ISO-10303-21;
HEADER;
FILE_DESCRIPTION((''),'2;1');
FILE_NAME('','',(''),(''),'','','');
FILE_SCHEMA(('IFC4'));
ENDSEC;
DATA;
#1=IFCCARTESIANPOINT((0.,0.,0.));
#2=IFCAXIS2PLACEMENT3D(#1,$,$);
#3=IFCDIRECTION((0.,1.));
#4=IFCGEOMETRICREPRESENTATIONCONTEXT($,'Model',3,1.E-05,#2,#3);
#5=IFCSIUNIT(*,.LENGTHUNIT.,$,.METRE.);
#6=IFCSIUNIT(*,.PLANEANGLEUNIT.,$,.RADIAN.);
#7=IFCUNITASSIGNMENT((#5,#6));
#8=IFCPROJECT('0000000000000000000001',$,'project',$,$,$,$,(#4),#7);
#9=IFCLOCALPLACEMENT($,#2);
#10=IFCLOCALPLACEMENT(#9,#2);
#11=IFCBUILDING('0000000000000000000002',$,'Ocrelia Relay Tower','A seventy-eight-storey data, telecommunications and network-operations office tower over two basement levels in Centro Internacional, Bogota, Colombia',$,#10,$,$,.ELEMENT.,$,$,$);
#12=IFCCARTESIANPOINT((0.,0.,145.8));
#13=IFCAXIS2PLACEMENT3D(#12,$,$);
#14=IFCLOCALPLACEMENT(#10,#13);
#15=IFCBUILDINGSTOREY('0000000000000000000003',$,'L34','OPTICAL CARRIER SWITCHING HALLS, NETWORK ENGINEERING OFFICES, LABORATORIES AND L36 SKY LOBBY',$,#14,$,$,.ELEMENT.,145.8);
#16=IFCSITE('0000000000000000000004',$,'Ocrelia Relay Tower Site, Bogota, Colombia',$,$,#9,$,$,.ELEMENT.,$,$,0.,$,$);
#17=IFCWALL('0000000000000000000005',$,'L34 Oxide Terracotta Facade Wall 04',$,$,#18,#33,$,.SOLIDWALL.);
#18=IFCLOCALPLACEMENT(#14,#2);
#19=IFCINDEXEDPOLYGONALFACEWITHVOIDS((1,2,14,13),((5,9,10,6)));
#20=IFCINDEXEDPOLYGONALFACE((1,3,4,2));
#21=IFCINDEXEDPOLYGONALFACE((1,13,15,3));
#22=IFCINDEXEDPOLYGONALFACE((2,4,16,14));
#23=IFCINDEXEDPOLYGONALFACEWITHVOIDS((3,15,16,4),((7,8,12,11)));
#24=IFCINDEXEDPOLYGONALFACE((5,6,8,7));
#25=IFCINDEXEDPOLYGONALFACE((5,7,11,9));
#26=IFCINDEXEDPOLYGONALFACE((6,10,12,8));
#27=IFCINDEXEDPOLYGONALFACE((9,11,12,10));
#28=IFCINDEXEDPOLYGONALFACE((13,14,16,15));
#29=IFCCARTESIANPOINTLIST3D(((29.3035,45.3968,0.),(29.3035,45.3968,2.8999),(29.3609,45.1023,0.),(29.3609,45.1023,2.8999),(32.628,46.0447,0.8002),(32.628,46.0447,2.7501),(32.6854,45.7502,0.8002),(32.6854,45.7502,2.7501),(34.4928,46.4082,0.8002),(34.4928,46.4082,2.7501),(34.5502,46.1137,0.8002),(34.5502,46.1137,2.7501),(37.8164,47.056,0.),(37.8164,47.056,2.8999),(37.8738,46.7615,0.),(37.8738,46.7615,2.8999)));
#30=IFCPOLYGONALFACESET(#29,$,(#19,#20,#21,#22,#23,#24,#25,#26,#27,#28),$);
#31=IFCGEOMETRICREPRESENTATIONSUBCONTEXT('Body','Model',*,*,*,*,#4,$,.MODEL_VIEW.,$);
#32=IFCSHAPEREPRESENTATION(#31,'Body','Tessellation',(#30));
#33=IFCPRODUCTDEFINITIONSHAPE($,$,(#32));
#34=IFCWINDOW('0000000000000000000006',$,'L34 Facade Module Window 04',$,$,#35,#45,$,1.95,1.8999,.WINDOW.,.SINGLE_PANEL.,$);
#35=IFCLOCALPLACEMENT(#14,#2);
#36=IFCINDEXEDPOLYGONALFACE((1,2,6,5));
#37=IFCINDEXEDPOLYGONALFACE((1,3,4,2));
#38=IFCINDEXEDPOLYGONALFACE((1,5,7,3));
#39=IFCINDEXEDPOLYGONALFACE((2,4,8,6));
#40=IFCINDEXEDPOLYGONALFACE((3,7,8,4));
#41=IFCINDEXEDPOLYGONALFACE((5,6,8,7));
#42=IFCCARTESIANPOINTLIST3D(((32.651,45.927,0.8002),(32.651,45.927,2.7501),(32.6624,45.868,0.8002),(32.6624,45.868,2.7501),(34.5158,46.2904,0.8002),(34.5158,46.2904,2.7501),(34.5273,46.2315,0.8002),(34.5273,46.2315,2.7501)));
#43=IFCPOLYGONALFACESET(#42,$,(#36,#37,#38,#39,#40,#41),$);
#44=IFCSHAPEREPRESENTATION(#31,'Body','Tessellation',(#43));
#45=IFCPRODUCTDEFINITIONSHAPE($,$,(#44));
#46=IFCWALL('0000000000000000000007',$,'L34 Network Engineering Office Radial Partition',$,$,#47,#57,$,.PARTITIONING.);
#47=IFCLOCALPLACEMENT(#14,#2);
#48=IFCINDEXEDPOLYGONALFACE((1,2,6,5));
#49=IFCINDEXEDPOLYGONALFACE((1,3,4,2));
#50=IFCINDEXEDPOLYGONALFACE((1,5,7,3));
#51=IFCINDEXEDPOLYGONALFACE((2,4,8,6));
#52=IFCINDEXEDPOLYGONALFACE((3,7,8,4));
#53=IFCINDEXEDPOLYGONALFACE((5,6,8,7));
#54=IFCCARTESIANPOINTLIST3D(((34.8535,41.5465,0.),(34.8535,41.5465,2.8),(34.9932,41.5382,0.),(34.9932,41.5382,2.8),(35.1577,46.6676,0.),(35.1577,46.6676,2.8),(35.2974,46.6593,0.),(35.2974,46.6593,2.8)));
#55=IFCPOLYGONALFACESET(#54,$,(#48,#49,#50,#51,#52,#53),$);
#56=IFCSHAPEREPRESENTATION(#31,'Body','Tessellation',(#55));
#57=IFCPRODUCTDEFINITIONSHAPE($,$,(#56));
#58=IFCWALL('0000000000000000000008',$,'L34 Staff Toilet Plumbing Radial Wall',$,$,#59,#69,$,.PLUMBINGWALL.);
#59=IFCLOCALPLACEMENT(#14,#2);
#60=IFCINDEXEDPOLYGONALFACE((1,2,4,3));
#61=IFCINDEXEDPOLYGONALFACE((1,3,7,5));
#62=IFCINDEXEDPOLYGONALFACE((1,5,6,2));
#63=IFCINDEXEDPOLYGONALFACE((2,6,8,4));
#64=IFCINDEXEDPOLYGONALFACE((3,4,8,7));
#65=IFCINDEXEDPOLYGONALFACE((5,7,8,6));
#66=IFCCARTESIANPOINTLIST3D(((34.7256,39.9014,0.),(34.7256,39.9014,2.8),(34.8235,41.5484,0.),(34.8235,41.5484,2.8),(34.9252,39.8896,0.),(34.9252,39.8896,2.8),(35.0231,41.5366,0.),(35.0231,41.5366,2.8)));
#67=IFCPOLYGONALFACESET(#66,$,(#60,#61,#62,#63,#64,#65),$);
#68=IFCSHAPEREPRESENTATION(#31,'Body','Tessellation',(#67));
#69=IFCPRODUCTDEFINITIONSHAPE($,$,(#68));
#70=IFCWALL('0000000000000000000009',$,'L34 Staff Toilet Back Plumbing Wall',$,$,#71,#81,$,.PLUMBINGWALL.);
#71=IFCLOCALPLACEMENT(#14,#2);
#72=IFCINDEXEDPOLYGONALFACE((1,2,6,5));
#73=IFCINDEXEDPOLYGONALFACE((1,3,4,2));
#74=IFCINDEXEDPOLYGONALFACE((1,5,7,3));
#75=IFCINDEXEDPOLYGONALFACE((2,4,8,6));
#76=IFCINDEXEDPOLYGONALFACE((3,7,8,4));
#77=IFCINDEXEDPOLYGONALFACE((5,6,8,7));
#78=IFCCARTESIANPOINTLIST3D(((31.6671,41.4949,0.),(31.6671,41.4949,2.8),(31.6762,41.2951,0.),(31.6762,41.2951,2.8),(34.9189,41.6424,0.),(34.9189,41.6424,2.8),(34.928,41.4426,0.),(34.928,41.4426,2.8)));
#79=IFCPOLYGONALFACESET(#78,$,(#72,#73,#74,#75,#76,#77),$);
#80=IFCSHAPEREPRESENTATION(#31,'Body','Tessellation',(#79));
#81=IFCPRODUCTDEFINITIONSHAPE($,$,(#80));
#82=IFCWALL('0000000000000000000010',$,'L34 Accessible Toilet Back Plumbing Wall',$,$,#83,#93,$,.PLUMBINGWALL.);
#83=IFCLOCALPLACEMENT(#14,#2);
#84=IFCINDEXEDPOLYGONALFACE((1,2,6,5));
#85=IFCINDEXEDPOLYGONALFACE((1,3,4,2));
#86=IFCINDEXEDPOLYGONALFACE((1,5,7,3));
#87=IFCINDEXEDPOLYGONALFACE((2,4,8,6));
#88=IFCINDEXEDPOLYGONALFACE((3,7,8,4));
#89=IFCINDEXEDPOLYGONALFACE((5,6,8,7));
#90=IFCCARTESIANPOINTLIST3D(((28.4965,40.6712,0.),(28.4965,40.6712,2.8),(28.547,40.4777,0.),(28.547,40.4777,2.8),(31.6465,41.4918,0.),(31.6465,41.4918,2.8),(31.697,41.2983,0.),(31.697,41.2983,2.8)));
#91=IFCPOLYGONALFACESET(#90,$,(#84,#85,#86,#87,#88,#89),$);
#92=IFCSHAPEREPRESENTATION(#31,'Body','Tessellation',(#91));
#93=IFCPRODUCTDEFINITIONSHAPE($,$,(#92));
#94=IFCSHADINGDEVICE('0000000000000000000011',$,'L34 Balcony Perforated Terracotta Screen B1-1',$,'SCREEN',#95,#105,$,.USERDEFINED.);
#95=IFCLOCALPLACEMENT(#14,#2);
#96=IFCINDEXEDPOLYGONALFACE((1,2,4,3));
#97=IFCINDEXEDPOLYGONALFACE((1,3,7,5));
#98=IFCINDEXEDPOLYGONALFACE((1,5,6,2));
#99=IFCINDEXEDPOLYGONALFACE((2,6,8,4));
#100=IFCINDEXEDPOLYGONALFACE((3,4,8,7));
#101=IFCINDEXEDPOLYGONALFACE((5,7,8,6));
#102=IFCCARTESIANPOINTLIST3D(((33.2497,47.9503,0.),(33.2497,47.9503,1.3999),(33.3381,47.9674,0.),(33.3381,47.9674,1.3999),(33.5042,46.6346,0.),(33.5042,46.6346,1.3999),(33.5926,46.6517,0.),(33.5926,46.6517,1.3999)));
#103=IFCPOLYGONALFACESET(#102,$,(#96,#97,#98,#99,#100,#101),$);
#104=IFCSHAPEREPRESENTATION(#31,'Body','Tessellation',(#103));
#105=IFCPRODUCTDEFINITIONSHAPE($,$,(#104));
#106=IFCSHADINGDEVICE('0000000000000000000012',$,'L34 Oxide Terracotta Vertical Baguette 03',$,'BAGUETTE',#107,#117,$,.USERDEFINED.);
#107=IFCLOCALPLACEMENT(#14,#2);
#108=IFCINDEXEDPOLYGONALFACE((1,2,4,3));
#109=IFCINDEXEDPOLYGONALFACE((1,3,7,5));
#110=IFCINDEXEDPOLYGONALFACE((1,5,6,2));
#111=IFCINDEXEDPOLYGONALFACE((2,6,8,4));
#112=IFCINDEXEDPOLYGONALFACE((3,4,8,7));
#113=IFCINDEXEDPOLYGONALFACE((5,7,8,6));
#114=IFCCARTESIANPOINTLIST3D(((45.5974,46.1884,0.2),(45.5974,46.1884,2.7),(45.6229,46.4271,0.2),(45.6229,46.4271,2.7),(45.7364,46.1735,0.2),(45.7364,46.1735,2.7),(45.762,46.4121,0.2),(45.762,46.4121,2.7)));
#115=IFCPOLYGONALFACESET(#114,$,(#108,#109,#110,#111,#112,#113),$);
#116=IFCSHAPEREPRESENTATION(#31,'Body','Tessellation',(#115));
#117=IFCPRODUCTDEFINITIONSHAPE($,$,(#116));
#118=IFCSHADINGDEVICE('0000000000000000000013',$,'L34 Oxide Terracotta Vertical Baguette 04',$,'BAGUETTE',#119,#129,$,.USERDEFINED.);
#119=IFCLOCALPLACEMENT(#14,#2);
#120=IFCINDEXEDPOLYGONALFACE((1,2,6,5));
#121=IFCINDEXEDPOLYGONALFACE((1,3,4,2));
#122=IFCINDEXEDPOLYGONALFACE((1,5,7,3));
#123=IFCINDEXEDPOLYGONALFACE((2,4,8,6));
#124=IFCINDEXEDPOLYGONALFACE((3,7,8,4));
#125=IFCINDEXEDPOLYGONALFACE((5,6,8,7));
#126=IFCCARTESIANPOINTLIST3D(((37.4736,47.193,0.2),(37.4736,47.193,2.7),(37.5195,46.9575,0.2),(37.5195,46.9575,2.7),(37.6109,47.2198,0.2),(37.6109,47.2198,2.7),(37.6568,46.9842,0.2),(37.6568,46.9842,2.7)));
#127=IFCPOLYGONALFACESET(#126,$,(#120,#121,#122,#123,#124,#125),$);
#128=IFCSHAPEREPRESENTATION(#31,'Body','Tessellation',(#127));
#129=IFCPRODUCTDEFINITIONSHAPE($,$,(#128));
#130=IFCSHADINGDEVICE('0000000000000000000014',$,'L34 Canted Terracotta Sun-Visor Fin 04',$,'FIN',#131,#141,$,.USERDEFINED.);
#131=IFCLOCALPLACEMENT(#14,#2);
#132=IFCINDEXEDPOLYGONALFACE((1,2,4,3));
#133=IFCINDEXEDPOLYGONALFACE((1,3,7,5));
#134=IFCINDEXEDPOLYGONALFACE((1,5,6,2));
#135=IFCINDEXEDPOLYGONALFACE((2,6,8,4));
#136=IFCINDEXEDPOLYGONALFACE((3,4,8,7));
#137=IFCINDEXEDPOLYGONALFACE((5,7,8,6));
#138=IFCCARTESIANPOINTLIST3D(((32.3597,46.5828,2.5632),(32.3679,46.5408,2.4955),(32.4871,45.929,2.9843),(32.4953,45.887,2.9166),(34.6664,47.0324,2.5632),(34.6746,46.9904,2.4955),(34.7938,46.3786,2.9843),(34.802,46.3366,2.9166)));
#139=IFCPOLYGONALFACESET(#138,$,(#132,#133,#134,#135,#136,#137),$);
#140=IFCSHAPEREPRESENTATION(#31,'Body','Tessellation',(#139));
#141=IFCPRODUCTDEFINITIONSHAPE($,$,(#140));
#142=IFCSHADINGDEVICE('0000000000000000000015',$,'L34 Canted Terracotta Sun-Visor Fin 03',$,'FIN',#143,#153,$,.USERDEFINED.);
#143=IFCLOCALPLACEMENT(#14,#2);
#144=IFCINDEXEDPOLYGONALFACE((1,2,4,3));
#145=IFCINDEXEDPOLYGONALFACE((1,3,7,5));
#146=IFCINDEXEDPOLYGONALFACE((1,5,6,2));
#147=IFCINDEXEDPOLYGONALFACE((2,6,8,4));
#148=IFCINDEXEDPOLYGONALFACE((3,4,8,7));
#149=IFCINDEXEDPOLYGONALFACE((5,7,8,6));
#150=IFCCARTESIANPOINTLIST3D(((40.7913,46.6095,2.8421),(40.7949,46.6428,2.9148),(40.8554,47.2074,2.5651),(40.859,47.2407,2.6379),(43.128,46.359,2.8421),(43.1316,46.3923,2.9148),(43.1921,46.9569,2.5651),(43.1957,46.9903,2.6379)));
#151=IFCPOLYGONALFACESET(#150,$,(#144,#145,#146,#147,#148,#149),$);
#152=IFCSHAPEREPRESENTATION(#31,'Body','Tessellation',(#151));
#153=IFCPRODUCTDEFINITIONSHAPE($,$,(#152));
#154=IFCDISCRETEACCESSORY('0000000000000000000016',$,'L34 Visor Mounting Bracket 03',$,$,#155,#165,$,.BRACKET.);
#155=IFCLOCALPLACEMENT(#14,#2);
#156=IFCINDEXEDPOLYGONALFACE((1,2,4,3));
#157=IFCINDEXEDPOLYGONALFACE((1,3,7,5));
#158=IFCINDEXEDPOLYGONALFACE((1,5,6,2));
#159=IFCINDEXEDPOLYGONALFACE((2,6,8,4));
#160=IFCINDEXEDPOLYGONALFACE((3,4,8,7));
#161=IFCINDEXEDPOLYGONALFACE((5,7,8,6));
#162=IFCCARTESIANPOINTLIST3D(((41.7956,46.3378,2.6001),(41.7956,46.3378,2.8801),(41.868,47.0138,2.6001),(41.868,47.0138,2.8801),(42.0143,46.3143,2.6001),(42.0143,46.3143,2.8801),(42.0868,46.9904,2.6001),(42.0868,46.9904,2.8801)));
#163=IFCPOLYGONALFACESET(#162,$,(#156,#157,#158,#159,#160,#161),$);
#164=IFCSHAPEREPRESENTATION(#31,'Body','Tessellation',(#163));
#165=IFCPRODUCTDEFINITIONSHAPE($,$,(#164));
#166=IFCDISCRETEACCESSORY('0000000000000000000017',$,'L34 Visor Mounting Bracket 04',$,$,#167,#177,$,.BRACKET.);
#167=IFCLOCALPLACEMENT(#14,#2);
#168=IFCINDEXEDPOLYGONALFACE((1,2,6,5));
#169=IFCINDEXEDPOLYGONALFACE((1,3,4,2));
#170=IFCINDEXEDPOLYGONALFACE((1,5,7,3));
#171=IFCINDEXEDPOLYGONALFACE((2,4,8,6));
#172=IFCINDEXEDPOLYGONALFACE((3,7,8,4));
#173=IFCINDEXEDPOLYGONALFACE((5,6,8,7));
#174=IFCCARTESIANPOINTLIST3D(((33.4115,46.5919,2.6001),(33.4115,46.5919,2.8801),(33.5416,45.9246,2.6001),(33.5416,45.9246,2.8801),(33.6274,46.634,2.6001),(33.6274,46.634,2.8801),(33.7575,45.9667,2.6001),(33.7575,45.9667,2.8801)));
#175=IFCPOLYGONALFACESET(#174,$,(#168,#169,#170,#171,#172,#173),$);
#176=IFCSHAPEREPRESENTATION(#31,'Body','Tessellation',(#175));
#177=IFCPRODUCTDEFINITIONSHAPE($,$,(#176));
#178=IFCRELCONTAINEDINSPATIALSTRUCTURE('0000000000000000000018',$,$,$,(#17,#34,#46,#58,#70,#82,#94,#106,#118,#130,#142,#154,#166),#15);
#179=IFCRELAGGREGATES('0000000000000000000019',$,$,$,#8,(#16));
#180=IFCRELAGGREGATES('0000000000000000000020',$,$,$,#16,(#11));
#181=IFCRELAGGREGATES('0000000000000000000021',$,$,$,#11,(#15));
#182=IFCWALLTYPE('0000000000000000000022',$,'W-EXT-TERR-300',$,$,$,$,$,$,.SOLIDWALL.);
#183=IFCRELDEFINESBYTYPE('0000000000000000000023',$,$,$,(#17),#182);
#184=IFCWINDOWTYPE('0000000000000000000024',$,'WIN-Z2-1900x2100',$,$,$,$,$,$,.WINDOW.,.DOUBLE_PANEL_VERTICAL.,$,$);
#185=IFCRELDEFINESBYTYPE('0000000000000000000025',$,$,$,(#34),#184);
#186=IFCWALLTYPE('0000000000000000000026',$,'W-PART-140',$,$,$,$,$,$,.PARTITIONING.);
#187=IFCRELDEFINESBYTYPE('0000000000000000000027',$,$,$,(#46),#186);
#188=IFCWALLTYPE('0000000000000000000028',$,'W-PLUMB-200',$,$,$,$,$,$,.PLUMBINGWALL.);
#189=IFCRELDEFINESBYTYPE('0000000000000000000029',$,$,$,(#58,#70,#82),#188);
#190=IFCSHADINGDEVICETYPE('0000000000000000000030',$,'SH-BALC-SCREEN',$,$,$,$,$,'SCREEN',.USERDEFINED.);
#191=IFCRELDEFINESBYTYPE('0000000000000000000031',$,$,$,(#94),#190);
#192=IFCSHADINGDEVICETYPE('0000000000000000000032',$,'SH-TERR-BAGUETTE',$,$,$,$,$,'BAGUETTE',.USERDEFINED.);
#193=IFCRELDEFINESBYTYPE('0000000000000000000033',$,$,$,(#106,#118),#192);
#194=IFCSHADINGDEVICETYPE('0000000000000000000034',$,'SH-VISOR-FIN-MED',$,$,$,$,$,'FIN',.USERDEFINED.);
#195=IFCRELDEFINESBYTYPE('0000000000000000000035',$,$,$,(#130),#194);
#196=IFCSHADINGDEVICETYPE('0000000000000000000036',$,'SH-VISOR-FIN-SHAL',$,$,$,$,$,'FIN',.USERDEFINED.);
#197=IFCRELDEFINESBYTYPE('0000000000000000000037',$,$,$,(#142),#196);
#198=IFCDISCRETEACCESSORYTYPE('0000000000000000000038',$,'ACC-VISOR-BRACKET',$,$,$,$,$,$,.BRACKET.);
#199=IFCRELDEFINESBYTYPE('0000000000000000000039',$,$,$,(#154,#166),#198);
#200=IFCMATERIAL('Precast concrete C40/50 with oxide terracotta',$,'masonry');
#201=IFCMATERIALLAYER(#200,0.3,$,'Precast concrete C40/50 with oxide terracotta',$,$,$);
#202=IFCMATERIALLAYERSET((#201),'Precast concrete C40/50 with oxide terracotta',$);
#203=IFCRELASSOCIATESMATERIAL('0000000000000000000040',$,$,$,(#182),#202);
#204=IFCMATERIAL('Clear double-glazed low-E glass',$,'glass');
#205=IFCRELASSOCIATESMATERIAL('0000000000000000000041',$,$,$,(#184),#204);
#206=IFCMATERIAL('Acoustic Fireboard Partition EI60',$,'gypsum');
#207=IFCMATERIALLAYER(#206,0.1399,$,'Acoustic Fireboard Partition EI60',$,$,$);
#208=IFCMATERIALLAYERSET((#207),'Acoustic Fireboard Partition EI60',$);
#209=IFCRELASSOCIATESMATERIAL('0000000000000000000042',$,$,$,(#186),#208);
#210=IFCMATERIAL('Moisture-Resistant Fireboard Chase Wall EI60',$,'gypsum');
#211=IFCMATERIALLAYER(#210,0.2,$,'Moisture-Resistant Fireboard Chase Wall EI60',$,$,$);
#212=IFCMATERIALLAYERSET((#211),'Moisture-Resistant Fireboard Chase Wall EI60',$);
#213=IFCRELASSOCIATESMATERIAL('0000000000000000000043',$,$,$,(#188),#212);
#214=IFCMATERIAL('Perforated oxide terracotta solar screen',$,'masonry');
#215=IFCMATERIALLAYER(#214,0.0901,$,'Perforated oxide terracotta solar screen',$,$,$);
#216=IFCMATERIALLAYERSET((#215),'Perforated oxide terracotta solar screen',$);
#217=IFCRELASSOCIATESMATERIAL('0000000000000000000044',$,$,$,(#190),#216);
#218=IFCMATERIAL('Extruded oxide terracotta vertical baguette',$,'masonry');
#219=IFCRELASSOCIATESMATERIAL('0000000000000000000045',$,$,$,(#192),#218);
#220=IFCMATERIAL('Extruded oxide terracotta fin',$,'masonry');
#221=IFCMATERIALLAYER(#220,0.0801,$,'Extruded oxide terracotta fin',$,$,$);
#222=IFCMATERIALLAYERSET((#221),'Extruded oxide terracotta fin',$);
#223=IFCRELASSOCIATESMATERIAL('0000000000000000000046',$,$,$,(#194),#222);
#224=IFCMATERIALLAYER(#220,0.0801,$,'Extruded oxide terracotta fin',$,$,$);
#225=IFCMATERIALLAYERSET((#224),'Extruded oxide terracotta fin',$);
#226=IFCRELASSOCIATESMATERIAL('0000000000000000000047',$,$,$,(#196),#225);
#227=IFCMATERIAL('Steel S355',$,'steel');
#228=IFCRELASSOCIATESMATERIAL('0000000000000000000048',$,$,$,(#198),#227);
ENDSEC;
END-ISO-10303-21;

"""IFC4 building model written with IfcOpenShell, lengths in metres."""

from ifc_helpers import new_model, si_unit, direction, frame, frame_2d, origin, origin_2d, place, context, subcontext, project, spatial, rectangle, extrude, material, layer, layer_set, type_object, element, fill, save


model = new_model("IFC4")

# Units and contexts
model_context = context("Model", 3, precision=1e-05, world=origin(), true_north=direction((0.0, 1.0)))
body_context = subcontext(model_context, "Body", "Model", "MODEL_VIEW")
ifc_project = project(units=[si_unit("LENGTHUNIT", "METRE"), si_unit("PLANEANGLEUNIT", "RADIAN")], contexts=[model_context])

# Site, building, storey
site_placement = place(None, origin())
site = spatial("IfcSite", under=ifc_project, at=site_placement, Name="Ocrelia Relay Tower Site, Bogota, Colombia", CompositionType="ELEMENT", RefElevation=0.0)
building_placement = place(site_placement, origin())
building = spatial("IfcBuilding", under=site, at=building_placement, Name="Ocrelia Relay Tower", Description="A seventy-eight-storey data, telecommunications and network-operations office tower over two basement levels in Centro Internacional, Bogota, Colombia", CompositionType="ELEMENT")
storey_placement = place(building_placement, frame((0.0, 0.0, 145.8)))
storey = spatial("IfcBuildingStorey", under=building, at=storey_placement, Name="L34", Description="OPTICAL CARRIER SWITCHING HALLS, NETWORK ENGINEERING OFFICES, LABORATORIES AND L36 SKY LOBBY", CompositionType="ELEMENT", Elevation=145.8)

# Shared definitions
ifc_material_1 = material(Name="Steel S355", Category="steel")

# Wall, opening, window
ifc_material_2 = material(Name="Precast concrete C40/50 with oxide terracotta", Category="masonry")
ifc_layer_1 = layer(ifc_material_2, 0.3, Name="Precast concrete C40/50 with oxide terracotta")
ifc_layer_set_1 = layer_set([ifc_layer_1], Name="Precast concrete C40/50 with oxide terracotta")
wall_type_1 = type_object("IfcWallType", Name="W-EXT-TERR-300", PredefinedType="SOLIDWALL", material=ifc_layer_set_1)
ifc_material_3 = material(Name="Clear double-glazed low-E glass", Category="glass")
window_type = type_object("IfcWindowType", Name="WIN-Z2-1900x2100", PartitioningType="DOUBLE_PANEL_VERTICAL", PredefinedType="WINDOW", material=ifc_material_3)
wall_1_placement = place(storey_placement, frame((37.845, 46.9087, 0.0), z_axis=(0.0, 0.0, 1.0), x_axis=(-0.981531, -0.191301, 0.0)))
wall_1 = element("IfcWall", 1, at=wall_1_placement, inside=storey, type_object=wall_type_1, Name="L34 Oxide Terracotta Facade Wall 04", PredefinedType="SOLIDWALL", context=body_context, shape_type="SweptSolid", body=[
    extrude(rectangle(XDim=8.6731, YDim=0.3, at=frame_2d((4.3364, 0.0))), origin(), (0.0, 0.0, 1.0), 2.8999),
])
opening_1_placement = place(wall_1_placement, frame((3.386, 0.0, 0.8)))
opening_1 = element("IfcOpeningElement", 2, at=opening_1_placement, cuts=wall_1, PredefinedType="OPENING", context=body_context, shape_type="SweptSolid", body=[
    extrude(rectangle(XDim=1.8999, YDim=1.95, at=frame_2d((0.95, 0.9751))), frame((0.0, 0.1602, 0.0), z_axis=(0.0, -1.0, 0.0), x_axis=(1.0, 0.0, 0.0)), (0.0, 0.0, 1.0), 0.3201),
])
window_1_placement = place(opening_1_placement, origin())
window_1 = element("IfcWindow", 3, at=window_1_placement, inside=storey, type_object=window_type, Name="L34 Facade Module Window 04", OverallHeight=1.95, OverallWidth=1.8999, PartitioningType="SINGLE_PANEL", PredefinedType="WINDOW", context=body_context, shape_type="SweptSolid", body=[
    extrude(rectangle(XDim=1.8999, YDim=1.95, at=frame_2d((0.95, 0.9751))), frame((0.0, 0.03, 0.0), z_axis=(0.0, -1.0, 0.0), x_axis=(1.0, 0.0, 0.0)), (0.0, 0.0, 1.0), 0.0601),
])
fill(opening_1, window_1)

# Walls
ifc_material_4 = material(Name="Acoustic Fireboard Partition EI60", Category="gypsum")
ifc_layer_2 = layer(ifc_material_4, 0.1399, Name="Acoustic Fireboard Partition EI60")
ifc_layer_set_2 = layer_set([ifc_layer_2], Name="Acoustic Fireboard Partition EI60")
wall_type_2 = type_object("IfcWallType", Name="W-PART-140", PredefinedType="PARTITIONING", material=ifc_layer_set_2)
wall_2_placement = place(storey_placement, frame((34.9233, 41.5425, 0.0), z_axis=(0.0, 0.0, 1.0), x_axis=(0.059297, 0.99824, 0.0)))
element("IfcWall", 4, at=wall_2_placement, inside=storey, type_object=wall_type_2, Name="L34 Network Engineering Office Radial Partition", PredefinedType="PARTITIONING", context=body_context, shape_type="SweptSolid", body=[
    extrude(rectangle(XDim=5.1301, YDim=0.1399, at=frame_2d((2.5649, 0.0))), origin(), (0.0, 0.0, 1.0), 2.8),
])
ifc_material_5 = material(Name="Moisture-Resistant Fireboard Chase Wall EI60", Category="gypsum")
ifc_layer_3 = layer(ifc_material_5, 0.2, Name="Moisture-Resistant Fireboard Chase Wall EI60")
ifc_layer_set_3 = layer_set([ifc_layer_3], Name="Moisture-Resistant Fireboard Chase Wall EI60")
wall_type_3 = type_object("IfcWallType", Name="W-PLUMB-200", PredefinedType="PLUMBINGWALL", material=ifc_layer_set_3)
wall_3_placement = place(storey_placement, frame((34.8254, 39.8955, 0.0), z_axis=(0.0, 0.0, 1.0), x_axis=(0.059338, 0.998238, 0.0)))
element("IfcWall", 5, at=wall_3_placement, inside=storey, type_object=wall_type_3, Name="L34 Staff Toilet Plumbing Radial Wall", PredefinedType="PLUMBINGWALL", context=body_context, shape_type="SweptSolid", body=[
    extrude(rectangle(XDim=1.6499, YDim=0.2, at=frame_2d((0.825, 0.0))), origin(), (0.0, 0.0, 1.0), 2.8),
])
for number, where, z_axis, x_axis, name in (
    (6, (34.9233, 41.5425, 0.0), (0.0, 0.0, 1.0), (-0.998973, -0.045302, 0.0), "L34 Staff Toilet Back Plumbing Wall"),
    (7, (31.6716, 41.395, 0.0), (0.0, 0.0, 1.0), (-0.967704, -0.252089, 0.0), "L34 Accessible Toilet Back Plumbing Wall"),
):
    element("IfcWall", number, at=place(storey_placement, frame(where, z_axis=z_axis, x_axis=x_axis)), inside=storey, type_object=wall_type_3, Name=name, PredefinedType="PLUMBINGWALL", context=body_context, shape_type="SweptSolid", body=[
        extrude(rectangle(XDim=3.2551, YDim=0.2, at=frame_2d((1.6274, 0.0))), origin(), (0.0, 0.0, 1.0), 2.8),
    ])

# Shading devices
ifc_material_6 = material(Name="Perforated oxide terracotta solar screen", Category="masonry")
ifc_layer_4 = layer(ifc_material_6, 0.0901, Name="Perforated oxide terracotta solar screen")
ifc_layer_set_4 = layer_set([ifc_layer_4], Name="Perforated oxide terracotta solar screen")
shading_device_type_1 = type_object("IfcShadingDeviceType", Name="SH-BALC-SCREEN", ElementType="SCREEN", PredefinedType="USERDEFINED", material=ifc_layer_set_4)
shading_device_1_placement = place(storey_placement, frame((33.4211, 47.301, 0.0), z_axis=(0.0, 0.0, 1.0), x_axis=(-0.189888, 0.981806, 0.0)))
element("IfcShadingDevice", 8, at=shading_device_1_placement, inside=storey, type_object=shading_device_type_1, Name="L34 Balcony Perforated Terracotta Screen B1-1", ObjectType="SCREEN", PredefinedType="USERDEFINED", context=body_context, shape_type="SweptSolid", body=[
    extrude(rectangle(XDim=1.3401, YDim=0.0901, at=origin_2d()), origin(), (0.0, 0.0, 1.0), 1.3999),
])
ifc_material_7 = material(Name="Extruded oxide terracotta vertical baguette", Category="masonry")
shading_device_type_2 = type_object("IfcShadingDeviceType", Name="SH-TERR-BAGUETTE", ElementType="BAGUETTE", PredefinedType="USERDEFINED", material=ifc_material_7)
for number, where, z_axis, x_axis, name in (
    (9, (45.6797, 46.3003, 0.2), (0.0, 0.0, 1.0), (-0.994304, 0.106583, 0.0), "L34 Oxide Terracotta Vertical Baguette 03"),
    (10, (37.5652, 47.0886, 0.2), (0.0, 0.0, 1.0), (-0.98153, -0.191307, 0.0), "L34 Oxide Terracotta Vertical Baguette 04"),
):
    element("IfcShadingDevice", number, at=place(storey_placement, frame(where, z_axis=z_axis, x_axis=x_axis)), inside=storey, type_object=shading_device_type_2, Name=name, ObjectType="BAGUETTE", PredefinedType="USERDEFINED", context=body_context, shape_type="SweptSolid", body=[
        extrude(rectangle(XDim=0.1399, YDim=0.24, at=origin_2d()), origin(), (0.0, 0.0, 1.0), 2.5),
    ])
ifc_material_8 = material(Name="Extruded oxide terracotta fin", Category="masonry")
ifc_layer_5 = layer(ifc_material_8, 0.0801, Name="Extruded oxide terracotta fin")
ifc_layer_set_5 = layer_set([ifc_layer_5], Name="Extruded oxide terracotta fin")
shading_device_type_3 = type_object("IfcShadingDeviceType", Name="SH-VISOR-FIN-MED", ElementType="FIN", PredefinedType="USERDEFINED", material=ifc_layer_set_5)
shading_device_2_placement = place(storey_placement, frame((33.585, 46.4387, 2.7061), z_axis=(-0.102225, 0.524483, 0.845262), x_axis=(-0.98153, -0.191307, 0.0)))
element("IfcShadingDevice", 11, at=shading_device_2_placement, inside=storey, type_object=shading_device_type_3, Name="L34 Canted Terracotta Sun-Visor Fin 04", ObjectType="FIN", PredefinedType="USERDEFINED", context=body_context, shape_type="SweptSolid", body=[
    extrude(rectangle(XDim=2.3501, YDim=0.7881, at=origin_2d()), origin(), (0.0, 0.0, 1.0), 0.0801),
])
ifc_layer_6 = layer(ifc_material_8, 0.0801, Name="Extruded oxide terracotta fin")
ifc_layer_set_6 = layer_set([ifc_layer_6], Name="Extruded oxide terracotta fin")
shading_device_type_4 = type_object("IfcShadingDeviceType", Name="SH-VISOR-FIN-SHAL", ElementType="FIN", PredefinedType="USERDEFINED", material=ifc_layer_set_6)
shading_device_3_placement = place(storey_placement, frame((41.9917, 46.7832, 2.7036), z_axis=(0.044588, 0.41596, 0.908289), x_axis=(-0.994304, 0.106583, 0.0)))
element("IfcShadingDevice", 12, at=shading_device_3_placement, inside=storey, type_object=shading_device_type_4, Name="L34 Canted Terracotta Sun-Visor Fin 03", ObjectType="FIN", PredefinedType="USERDEFINED", context=body_context, shape_type="SweptSolid", body=[
    extrude(rectangle(XDim=2.3501, YDim=0.6621, at=origin_2d()), origin(), (0.0, 0.0, 1.0), 0.0801),
])

# Discrete accessories
discrete_accessory_type = type_object("IfcDiscreteAccessoryType", Name="ACC-VISOR-BRACKET", PredefinedType="BRACKET", material=ifc_material_1)
for number, where, z_axis, x_axis, name in (
    (13, (41.9412, 46.6641, 2.6001), (0.0, 0.0, 1.0), (-0.994304, 0.106583, 0.0), "L34 Visor Mounting Bracket 03"),
    (14, (33.5845, 46.2793, 2.6001), (0.0, 0.0, 1.0), (-0.98153, -0.191307, 0.0), "L34 Visor Mounting Bracket 04"),
):
    element("IfcDiscreteAccessory", number, at=place(storey_placement, frame(where, z_axis=z_axis, x_axis=x_axis)), inside=storey, type_object=discrete_accessory_type, Name=name, PredefinedType="BRACKET", context=body_context, shape_type="SweptSolid", body=[
        extrude(rectangle(XDim=0.22, YDim=0.6799, at=origin_2d()), origin(), (0.0, 0.0, 1.0), 0.28),
    ])

save(model, "model.ifc")
